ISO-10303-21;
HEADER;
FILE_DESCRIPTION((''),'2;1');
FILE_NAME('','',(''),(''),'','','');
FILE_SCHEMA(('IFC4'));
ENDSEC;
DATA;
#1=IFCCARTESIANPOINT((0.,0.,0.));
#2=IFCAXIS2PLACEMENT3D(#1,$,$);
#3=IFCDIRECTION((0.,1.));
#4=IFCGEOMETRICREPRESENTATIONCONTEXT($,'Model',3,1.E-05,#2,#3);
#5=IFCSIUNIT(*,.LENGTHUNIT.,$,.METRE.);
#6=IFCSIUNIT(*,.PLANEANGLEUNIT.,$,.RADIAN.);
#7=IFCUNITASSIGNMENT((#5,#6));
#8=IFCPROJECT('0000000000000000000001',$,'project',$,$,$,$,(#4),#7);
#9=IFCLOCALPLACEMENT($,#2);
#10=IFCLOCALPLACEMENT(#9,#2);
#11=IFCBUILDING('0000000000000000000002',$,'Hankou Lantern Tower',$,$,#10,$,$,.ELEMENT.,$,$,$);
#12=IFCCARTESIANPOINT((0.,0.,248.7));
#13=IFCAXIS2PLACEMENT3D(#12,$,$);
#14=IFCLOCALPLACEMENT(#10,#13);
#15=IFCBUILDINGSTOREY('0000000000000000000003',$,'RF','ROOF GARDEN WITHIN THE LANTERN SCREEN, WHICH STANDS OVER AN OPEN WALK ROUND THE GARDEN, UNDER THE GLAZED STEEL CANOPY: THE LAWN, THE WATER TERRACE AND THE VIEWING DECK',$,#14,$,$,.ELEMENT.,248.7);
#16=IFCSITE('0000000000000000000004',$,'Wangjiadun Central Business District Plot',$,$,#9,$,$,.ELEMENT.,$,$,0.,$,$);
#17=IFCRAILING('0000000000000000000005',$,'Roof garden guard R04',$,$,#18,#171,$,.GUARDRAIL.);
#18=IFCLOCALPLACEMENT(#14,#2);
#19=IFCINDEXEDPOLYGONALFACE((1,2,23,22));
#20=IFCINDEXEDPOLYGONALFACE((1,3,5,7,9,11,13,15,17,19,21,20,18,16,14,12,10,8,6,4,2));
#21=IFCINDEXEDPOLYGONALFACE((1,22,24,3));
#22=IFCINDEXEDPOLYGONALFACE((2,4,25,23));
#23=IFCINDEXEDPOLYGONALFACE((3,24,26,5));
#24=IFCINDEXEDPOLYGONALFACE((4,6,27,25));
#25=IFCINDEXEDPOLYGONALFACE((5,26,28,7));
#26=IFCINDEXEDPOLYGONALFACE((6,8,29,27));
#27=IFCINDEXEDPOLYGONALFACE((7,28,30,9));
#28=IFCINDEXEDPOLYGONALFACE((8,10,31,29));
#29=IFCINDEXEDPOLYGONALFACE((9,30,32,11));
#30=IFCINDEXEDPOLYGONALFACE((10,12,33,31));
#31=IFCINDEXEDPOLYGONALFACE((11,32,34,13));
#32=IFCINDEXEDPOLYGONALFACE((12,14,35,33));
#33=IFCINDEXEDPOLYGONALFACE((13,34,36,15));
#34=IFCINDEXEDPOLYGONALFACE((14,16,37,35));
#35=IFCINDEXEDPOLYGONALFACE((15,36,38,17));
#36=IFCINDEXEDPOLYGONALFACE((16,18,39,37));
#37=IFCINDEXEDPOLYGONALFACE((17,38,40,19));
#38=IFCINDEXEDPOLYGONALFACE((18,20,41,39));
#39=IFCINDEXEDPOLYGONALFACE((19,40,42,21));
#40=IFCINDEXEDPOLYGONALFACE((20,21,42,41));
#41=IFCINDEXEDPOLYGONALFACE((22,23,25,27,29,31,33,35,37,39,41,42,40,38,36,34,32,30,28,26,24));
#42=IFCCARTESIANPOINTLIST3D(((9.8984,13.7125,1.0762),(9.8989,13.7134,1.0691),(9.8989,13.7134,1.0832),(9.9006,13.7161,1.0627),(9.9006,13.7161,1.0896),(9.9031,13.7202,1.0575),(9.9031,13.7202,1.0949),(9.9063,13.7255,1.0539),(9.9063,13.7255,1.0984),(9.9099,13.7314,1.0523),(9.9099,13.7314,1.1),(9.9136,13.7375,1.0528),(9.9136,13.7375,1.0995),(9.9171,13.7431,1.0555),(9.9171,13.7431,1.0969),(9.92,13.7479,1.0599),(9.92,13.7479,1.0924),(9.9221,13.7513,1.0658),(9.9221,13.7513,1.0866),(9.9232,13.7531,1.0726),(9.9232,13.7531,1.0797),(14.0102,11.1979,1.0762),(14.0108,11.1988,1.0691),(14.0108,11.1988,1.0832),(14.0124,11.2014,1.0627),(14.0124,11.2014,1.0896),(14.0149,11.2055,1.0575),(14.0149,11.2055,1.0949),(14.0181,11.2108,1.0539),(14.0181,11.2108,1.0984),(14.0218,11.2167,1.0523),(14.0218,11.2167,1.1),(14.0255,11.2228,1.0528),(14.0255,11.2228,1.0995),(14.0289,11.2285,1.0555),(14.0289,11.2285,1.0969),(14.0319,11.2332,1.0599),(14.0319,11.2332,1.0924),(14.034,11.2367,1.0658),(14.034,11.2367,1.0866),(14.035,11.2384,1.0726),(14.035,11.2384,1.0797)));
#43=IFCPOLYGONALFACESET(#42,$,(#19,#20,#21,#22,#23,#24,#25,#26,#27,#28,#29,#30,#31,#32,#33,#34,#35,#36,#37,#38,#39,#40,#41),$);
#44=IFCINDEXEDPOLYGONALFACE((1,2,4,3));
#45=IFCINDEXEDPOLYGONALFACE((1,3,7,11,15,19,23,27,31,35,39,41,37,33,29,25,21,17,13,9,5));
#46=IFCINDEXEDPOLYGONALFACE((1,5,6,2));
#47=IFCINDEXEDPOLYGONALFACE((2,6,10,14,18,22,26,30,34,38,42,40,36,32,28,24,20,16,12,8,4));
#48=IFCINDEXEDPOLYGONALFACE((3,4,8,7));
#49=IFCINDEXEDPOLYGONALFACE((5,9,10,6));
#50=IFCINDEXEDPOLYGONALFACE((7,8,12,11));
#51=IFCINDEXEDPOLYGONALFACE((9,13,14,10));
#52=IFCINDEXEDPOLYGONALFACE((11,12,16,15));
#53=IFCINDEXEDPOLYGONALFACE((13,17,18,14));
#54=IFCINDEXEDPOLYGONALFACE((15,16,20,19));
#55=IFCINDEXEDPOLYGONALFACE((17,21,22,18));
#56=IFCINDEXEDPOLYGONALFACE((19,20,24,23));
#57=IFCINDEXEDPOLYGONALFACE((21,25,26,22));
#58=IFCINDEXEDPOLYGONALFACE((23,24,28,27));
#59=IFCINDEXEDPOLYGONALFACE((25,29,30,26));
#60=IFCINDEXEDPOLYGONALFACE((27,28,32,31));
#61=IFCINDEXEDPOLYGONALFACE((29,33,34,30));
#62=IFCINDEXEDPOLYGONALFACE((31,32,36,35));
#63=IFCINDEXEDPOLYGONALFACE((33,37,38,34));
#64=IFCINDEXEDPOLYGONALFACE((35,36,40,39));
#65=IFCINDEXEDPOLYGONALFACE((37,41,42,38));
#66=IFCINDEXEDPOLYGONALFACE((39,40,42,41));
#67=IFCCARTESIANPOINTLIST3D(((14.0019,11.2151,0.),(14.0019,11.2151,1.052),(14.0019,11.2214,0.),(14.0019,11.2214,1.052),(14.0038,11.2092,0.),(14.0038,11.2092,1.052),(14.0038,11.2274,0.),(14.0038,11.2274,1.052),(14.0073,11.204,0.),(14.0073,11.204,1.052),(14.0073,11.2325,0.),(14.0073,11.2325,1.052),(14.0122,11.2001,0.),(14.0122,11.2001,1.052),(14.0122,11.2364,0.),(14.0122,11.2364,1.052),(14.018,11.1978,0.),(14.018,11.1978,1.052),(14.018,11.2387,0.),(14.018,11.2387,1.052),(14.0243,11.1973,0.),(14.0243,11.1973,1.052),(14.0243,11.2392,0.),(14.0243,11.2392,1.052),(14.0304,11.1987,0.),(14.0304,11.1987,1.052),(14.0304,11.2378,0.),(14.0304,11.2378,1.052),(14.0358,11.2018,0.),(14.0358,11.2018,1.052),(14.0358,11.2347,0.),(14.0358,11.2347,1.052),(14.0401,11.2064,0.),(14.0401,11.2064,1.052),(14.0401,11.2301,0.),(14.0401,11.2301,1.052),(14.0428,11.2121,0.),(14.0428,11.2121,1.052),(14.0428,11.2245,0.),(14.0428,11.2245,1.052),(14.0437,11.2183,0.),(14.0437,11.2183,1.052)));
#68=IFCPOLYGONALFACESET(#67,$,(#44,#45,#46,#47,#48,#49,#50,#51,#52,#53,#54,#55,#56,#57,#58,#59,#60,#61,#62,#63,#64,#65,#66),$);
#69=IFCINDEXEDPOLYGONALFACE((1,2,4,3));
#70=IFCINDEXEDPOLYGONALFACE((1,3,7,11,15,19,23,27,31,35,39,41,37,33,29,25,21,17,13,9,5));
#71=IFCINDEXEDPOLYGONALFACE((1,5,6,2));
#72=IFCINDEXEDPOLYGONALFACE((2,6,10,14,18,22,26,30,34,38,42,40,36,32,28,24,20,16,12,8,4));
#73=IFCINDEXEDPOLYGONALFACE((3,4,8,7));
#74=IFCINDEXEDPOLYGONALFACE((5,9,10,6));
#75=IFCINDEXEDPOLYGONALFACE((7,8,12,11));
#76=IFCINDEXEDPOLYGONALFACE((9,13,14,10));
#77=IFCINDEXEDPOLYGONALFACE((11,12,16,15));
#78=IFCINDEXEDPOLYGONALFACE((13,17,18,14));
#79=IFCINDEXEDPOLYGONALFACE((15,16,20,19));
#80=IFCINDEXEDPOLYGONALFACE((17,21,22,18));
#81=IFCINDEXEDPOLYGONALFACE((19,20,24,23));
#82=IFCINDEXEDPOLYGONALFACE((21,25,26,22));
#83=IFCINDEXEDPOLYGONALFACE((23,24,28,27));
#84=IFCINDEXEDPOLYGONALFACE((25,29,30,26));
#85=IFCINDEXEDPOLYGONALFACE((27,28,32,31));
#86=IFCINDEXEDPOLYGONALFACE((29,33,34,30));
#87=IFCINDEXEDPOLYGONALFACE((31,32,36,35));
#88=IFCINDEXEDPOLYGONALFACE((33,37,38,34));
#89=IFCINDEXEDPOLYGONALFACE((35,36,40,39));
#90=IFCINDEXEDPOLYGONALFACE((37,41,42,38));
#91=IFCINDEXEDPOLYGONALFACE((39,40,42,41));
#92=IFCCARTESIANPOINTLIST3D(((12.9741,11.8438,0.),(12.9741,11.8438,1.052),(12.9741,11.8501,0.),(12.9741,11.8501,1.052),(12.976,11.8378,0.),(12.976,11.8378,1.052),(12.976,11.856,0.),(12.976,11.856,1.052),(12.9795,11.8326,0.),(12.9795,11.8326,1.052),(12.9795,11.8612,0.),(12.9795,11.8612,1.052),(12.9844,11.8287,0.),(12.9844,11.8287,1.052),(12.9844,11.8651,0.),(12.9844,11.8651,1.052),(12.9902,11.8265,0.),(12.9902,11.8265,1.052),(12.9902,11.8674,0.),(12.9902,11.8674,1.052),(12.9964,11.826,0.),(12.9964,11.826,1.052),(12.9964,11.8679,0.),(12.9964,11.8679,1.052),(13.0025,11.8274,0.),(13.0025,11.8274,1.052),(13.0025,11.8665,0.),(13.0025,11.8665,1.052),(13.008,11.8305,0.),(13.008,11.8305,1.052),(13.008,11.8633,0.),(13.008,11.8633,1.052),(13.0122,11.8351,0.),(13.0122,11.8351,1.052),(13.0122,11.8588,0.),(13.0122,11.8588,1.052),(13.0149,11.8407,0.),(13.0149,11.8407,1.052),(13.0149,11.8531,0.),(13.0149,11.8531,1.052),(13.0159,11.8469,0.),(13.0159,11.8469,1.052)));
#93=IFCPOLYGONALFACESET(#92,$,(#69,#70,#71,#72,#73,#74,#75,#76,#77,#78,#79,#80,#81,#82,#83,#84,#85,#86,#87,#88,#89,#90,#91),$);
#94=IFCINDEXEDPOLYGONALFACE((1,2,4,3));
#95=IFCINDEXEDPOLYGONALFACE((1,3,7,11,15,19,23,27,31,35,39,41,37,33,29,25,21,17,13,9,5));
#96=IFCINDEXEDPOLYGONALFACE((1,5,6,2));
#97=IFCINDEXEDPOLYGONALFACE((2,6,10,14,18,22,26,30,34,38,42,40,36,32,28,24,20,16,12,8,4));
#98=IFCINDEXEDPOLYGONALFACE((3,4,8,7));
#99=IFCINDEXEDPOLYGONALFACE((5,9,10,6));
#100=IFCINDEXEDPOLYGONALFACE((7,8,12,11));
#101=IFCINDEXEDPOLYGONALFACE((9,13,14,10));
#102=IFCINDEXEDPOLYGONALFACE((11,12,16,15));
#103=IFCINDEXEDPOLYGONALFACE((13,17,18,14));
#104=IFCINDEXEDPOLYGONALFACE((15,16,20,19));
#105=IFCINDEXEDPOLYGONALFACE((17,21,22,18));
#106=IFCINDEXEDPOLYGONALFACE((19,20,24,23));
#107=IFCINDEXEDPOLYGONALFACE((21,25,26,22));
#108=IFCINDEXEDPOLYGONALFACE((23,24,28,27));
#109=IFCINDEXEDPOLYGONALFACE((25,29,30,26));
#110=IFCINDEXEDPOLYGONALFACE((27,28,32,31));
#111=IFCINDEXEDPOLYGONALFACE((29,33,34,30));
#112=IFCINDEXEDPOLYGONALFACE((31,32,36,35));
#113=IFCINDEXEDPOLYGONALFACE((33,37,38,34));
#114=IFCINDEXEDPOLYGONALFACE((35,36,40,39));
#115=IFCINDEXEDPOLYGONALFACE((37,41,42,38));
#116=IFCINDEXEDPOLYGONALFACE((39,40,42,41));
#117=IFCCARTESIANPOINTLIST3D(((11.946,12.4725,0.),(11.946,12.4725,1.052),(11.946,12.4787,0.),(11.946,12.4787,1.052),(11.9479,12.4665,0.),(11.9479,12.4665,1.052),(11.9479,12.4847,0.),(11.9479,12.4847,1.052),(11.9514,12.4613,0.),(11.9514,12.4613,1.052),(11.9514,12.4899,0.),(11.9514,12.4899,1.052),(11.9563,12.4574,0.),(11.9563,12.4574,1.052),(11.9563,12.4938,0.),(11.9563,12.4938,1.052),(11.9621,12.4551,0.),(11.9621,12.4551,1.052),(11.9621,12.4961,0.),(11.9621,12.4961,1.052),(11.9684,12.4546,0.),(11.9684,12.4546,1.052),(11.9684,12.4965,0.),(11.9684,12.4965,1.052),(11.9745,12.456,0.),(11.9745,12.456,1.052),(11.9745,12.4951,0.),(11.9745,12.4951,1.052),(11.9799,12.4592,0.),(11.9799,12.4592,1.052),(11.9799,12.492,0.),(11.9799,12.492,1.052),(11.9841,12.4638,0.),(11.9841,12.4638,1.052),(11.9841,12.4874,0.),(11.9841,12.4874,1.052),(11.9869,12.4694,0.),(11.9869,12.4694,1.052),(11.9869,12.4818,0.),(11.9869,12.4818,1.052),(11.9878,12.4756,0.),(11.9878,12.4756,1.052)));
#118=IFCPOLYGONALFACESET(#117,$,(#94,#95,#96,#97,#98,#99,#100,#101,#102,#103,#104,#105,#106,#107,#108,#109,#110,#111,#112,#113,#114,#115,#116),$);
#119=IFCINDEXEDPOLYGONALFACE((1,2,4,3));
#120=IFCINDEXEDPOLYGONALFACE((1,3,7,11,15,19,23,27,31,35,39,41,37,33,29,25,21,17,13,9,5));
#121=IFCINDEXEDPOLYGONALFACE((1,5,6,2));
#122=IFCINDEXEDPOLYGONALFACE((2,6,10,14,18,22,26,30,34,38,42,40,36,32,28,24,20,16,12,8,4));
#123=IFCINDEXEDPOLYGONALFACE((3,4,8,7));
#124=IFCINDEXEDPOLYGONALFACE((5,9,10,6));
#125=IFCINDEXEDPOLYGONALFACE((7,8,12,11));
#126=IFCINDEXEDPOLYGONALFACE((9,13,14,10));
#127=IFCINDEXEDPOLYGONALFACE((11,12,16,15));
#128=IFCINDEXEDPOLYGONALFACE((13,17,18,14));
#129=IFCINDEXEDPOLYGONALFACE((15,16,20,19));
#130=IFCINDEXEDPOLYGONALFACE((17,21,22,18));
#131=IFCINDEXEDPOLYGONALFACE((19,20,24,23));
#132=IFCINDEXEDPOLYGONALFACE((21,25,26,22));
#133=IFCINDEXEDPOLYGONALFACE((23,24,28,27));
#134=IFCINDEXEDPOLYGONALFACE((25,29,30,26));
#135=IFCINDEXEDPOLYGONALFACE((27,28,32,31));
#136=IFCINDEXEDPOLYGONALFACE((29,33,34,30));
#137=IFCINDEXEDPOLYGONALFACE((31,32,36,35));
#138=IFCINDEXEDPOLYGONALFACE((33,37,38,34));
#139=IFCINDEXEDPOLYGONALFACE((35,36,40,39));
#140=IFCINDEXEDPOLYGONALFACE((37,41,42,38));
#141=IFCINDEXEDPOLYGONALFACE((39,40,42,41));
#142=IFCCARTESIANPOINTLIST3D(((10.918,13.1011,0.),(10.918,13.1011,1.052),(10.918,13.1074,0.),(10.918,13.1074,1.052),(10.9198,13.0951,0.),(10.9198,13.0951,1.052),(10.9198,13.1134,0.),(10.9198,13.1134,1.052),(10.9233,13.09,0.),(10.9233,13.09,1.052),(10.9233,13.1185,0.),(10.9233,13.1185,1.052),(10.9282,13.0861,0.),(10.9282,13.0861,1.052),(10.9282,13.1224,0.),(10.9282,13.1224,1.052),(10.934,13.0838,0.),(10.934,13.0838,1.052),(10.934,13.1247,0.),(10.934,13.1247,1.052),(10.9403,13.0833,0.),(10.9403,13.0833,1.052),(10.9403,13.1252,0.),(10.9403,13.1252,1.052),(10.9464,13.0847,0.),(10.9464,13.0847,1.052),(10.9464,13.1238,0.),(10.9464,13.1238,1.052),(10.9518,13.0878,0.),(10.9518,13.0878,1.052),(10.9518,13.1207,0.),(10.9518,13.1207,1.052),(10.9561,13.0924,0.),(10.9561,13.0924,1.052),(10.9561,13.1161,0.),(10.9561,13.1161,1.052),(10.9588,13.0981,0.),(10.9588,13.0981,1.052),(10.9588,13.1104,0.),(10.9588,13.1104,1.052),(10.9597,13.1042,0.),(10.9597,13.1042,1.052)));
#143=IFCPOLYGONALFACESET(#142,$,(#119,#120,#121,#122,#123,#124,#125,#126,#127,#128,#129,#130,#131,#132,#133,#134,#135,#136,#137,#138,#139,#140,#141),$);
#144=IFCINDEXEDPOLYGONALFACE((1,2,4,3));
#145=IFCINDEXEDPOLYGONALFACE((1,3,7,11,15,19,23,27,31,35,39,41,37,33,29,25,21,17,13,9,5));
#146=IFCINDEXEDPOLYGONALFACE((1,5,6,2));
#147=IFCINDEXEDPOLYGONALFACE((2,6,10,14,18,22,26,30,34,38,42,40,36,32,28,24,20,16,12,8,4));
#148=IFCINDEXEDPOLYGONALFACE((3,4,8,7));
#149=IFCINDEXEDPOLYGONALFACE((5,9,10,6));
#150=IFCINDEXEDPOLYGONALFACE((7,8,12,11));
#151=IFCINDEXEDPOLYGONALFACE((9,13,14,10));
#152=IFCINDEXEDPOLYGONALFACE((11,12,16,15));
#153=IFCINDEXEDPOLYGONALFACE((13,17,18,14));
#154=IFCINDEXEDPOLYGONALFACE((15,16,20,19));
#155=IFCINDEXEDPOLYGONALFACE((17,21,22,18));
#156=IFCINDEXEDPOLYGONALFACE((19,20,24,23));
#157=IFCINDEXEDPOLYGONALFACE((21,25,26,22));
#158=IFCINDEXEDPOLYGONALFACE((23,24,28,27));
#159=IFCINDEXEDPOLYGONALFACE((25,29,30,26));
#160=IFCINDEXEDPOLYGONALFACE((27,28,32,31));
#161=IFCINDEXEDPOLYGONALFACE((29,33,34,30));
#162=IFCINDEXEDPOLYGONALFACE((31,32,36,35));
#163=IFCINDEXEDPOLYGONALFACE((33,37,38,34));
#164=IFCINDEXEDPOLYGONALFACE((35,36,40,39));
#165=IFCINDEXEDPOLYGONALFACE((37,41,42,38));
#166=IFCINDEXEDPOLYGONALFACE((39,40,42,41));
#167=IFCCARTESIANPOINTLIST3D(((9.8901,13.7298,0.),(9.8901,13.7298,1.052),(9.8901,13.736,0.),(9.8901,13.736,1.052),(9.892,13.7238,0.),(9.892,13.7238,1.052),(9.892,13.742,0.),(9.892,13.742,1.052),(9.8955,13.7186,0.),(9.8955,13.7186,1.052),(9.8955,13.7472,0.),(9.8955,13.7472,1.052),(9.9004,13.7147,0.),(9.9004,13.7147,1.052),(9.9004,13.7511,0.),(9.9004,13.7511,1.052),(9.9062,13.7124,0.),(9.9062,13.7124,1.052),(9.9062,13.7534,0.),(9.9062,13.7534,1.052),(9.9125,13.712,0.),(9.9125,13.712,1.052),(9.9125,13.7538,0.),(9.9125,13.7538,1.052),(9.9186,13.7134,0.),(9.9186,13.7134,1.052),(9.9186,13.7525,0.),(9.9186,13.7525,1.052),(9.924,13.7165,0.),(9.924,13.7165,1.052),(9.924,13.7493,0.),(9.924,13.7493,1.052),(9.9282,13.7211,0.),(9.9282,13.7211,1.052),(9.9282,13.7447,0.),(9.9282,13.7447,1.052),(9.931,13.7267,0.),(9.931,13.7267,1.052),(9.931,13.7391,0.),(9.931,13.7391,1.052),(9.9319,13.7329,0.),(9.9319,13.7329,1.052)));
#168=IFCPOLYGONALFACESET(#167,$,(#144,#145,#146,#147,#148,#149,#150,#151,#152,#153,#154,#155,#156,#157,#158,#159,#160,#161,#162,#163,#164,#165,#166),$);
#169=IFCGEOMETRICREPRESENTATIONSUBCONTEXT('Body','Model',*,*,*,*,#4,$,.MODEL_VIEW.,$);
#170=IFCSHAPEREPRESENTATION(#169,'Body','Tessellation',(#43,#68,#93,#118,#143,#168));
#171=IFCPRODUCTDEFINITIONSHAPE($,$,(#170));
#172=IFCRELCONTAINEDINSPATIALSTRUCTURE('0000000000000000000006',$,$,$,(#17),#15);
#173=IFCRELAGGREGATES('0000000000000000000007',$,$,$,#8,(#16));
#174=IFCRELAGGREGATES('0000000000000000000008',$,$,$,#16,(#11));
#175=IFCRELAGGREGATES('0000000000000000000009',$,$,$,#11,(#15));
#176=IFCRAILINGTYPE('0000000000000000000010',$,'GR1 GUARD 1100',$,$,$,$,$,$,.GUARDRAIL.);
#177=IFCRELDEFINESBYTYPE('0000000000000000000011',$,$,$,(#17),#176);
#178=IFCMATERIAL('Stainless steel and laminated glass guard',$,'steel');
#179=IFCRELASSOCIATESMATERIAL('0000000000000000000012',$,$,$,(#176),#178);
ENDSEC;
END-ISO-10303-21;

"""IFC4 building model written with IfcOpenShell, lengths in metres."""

from ifc_helpers import new_model, si_unit, direction, frame, origin, origin_2d, place, context, subcontext, project, spatial, circle, extrude, material, type_object, element, save


model = new_model("IFC4")

# Units and contexts
model_context = context("Model", 3, precision=1e-05, world=origin(), true_north=direction((0.0, 1.0)))
body_context = subcontext(model_context, "Body", "Model", "MODEL_VIEW")
ifc_project = project(units=[si_unit("LENGTHUNIT", "METRE"), si_unit("PLANEANGLEUNIT", "RADIAN")], contexts=[model_context])

# Site, building, storey
site_placement = place(None, origin())
site = spatial("IfcSite", under=ifc_project, at=site_placement, Name="Wangjiadun Central Business District Plot", CompositionType="ELEMENT", RefElevation=0.0)
building_placement = place(site_placement, origin())
building = spatial("IfcBuilding", under=site, at=building_placement, Name="Hankou Lantern Tower", CompositionType="ELEMENT")
storey_placement = place(building_placement, frame((0.0, 0.0, 248.7)))
storey = spatial("IfcBuildingStorey", under=building, at=storey_placement, Name="RF", Description="ROOF GARDEN WITHIN THE LANTERN SCREEN, WHICH STANDS OVER AN OPEN WALK ROUND THE GARDEN, UNDER THE GLAZED STEEL CANOPY: THE LAWN, THE WATER TERRACE AND THE VIEWING DECK", CompositionType="ELEMENT", Elevation=248.7)

# Railing
ifc_material_1 = material(Name="Stainless steel and laminated glass guard", Category="steel")
railing_type = type_object("IfcRailingType", Name="GR1 GUARD 1100", PredefinedType="GUARDRAIL", material=ifc_material_1)
railing_1_placement = place(storey_placement, frame((14.0227, 11.2183, 0.0)))
element("IfcRailing", 1, at=railing_1_placement, inside=storey, type_object=railing_type, Name="Roof garden guard R04", PredefinedType="GUARDRAIL", context=body_context, shape_type="SweptSolid", body=[
    extrude(circle(Radius=0.0239, at=origin_2d()), frame((0.0, 0.0, 1.0762), z_axis=(-0.853109, 0.521733, 0.0), x_axis=(-0.521733, -0.853109, 0.0)), (0.0, 0.0, 1.0), 4.8198),
    extrude(circle(Radius=0.021, at=origin_2d()), origin(), (0.0, 0.0, 1.0), 1.052),
    extrude(circle(Radius=0.021, at=origin_2d()), frame((-1.0278, 0.6287, 0.0)), (0.0, 0.0, 1.0), 1.052),
    extrude(circle(Radius=0.021, at=origin_2d()), frame((-2.0559, 1.2573, 0.0)), (0.0, 0.0, 1.0), 1.052),
    extrude(circle(Radius=0.021, at=origin_2d()), frame((-3.084, 1.886, 0.0)), (0.0, 0.0, 1.0), 1.052),
    extrude(circle(Radius=0.021, at=origin_2d()), frame((-4.1118, 2.5146, 0.0)), (0.0, 0.0, 1.0), 1.052),
])

save(model, "model.ifc")
